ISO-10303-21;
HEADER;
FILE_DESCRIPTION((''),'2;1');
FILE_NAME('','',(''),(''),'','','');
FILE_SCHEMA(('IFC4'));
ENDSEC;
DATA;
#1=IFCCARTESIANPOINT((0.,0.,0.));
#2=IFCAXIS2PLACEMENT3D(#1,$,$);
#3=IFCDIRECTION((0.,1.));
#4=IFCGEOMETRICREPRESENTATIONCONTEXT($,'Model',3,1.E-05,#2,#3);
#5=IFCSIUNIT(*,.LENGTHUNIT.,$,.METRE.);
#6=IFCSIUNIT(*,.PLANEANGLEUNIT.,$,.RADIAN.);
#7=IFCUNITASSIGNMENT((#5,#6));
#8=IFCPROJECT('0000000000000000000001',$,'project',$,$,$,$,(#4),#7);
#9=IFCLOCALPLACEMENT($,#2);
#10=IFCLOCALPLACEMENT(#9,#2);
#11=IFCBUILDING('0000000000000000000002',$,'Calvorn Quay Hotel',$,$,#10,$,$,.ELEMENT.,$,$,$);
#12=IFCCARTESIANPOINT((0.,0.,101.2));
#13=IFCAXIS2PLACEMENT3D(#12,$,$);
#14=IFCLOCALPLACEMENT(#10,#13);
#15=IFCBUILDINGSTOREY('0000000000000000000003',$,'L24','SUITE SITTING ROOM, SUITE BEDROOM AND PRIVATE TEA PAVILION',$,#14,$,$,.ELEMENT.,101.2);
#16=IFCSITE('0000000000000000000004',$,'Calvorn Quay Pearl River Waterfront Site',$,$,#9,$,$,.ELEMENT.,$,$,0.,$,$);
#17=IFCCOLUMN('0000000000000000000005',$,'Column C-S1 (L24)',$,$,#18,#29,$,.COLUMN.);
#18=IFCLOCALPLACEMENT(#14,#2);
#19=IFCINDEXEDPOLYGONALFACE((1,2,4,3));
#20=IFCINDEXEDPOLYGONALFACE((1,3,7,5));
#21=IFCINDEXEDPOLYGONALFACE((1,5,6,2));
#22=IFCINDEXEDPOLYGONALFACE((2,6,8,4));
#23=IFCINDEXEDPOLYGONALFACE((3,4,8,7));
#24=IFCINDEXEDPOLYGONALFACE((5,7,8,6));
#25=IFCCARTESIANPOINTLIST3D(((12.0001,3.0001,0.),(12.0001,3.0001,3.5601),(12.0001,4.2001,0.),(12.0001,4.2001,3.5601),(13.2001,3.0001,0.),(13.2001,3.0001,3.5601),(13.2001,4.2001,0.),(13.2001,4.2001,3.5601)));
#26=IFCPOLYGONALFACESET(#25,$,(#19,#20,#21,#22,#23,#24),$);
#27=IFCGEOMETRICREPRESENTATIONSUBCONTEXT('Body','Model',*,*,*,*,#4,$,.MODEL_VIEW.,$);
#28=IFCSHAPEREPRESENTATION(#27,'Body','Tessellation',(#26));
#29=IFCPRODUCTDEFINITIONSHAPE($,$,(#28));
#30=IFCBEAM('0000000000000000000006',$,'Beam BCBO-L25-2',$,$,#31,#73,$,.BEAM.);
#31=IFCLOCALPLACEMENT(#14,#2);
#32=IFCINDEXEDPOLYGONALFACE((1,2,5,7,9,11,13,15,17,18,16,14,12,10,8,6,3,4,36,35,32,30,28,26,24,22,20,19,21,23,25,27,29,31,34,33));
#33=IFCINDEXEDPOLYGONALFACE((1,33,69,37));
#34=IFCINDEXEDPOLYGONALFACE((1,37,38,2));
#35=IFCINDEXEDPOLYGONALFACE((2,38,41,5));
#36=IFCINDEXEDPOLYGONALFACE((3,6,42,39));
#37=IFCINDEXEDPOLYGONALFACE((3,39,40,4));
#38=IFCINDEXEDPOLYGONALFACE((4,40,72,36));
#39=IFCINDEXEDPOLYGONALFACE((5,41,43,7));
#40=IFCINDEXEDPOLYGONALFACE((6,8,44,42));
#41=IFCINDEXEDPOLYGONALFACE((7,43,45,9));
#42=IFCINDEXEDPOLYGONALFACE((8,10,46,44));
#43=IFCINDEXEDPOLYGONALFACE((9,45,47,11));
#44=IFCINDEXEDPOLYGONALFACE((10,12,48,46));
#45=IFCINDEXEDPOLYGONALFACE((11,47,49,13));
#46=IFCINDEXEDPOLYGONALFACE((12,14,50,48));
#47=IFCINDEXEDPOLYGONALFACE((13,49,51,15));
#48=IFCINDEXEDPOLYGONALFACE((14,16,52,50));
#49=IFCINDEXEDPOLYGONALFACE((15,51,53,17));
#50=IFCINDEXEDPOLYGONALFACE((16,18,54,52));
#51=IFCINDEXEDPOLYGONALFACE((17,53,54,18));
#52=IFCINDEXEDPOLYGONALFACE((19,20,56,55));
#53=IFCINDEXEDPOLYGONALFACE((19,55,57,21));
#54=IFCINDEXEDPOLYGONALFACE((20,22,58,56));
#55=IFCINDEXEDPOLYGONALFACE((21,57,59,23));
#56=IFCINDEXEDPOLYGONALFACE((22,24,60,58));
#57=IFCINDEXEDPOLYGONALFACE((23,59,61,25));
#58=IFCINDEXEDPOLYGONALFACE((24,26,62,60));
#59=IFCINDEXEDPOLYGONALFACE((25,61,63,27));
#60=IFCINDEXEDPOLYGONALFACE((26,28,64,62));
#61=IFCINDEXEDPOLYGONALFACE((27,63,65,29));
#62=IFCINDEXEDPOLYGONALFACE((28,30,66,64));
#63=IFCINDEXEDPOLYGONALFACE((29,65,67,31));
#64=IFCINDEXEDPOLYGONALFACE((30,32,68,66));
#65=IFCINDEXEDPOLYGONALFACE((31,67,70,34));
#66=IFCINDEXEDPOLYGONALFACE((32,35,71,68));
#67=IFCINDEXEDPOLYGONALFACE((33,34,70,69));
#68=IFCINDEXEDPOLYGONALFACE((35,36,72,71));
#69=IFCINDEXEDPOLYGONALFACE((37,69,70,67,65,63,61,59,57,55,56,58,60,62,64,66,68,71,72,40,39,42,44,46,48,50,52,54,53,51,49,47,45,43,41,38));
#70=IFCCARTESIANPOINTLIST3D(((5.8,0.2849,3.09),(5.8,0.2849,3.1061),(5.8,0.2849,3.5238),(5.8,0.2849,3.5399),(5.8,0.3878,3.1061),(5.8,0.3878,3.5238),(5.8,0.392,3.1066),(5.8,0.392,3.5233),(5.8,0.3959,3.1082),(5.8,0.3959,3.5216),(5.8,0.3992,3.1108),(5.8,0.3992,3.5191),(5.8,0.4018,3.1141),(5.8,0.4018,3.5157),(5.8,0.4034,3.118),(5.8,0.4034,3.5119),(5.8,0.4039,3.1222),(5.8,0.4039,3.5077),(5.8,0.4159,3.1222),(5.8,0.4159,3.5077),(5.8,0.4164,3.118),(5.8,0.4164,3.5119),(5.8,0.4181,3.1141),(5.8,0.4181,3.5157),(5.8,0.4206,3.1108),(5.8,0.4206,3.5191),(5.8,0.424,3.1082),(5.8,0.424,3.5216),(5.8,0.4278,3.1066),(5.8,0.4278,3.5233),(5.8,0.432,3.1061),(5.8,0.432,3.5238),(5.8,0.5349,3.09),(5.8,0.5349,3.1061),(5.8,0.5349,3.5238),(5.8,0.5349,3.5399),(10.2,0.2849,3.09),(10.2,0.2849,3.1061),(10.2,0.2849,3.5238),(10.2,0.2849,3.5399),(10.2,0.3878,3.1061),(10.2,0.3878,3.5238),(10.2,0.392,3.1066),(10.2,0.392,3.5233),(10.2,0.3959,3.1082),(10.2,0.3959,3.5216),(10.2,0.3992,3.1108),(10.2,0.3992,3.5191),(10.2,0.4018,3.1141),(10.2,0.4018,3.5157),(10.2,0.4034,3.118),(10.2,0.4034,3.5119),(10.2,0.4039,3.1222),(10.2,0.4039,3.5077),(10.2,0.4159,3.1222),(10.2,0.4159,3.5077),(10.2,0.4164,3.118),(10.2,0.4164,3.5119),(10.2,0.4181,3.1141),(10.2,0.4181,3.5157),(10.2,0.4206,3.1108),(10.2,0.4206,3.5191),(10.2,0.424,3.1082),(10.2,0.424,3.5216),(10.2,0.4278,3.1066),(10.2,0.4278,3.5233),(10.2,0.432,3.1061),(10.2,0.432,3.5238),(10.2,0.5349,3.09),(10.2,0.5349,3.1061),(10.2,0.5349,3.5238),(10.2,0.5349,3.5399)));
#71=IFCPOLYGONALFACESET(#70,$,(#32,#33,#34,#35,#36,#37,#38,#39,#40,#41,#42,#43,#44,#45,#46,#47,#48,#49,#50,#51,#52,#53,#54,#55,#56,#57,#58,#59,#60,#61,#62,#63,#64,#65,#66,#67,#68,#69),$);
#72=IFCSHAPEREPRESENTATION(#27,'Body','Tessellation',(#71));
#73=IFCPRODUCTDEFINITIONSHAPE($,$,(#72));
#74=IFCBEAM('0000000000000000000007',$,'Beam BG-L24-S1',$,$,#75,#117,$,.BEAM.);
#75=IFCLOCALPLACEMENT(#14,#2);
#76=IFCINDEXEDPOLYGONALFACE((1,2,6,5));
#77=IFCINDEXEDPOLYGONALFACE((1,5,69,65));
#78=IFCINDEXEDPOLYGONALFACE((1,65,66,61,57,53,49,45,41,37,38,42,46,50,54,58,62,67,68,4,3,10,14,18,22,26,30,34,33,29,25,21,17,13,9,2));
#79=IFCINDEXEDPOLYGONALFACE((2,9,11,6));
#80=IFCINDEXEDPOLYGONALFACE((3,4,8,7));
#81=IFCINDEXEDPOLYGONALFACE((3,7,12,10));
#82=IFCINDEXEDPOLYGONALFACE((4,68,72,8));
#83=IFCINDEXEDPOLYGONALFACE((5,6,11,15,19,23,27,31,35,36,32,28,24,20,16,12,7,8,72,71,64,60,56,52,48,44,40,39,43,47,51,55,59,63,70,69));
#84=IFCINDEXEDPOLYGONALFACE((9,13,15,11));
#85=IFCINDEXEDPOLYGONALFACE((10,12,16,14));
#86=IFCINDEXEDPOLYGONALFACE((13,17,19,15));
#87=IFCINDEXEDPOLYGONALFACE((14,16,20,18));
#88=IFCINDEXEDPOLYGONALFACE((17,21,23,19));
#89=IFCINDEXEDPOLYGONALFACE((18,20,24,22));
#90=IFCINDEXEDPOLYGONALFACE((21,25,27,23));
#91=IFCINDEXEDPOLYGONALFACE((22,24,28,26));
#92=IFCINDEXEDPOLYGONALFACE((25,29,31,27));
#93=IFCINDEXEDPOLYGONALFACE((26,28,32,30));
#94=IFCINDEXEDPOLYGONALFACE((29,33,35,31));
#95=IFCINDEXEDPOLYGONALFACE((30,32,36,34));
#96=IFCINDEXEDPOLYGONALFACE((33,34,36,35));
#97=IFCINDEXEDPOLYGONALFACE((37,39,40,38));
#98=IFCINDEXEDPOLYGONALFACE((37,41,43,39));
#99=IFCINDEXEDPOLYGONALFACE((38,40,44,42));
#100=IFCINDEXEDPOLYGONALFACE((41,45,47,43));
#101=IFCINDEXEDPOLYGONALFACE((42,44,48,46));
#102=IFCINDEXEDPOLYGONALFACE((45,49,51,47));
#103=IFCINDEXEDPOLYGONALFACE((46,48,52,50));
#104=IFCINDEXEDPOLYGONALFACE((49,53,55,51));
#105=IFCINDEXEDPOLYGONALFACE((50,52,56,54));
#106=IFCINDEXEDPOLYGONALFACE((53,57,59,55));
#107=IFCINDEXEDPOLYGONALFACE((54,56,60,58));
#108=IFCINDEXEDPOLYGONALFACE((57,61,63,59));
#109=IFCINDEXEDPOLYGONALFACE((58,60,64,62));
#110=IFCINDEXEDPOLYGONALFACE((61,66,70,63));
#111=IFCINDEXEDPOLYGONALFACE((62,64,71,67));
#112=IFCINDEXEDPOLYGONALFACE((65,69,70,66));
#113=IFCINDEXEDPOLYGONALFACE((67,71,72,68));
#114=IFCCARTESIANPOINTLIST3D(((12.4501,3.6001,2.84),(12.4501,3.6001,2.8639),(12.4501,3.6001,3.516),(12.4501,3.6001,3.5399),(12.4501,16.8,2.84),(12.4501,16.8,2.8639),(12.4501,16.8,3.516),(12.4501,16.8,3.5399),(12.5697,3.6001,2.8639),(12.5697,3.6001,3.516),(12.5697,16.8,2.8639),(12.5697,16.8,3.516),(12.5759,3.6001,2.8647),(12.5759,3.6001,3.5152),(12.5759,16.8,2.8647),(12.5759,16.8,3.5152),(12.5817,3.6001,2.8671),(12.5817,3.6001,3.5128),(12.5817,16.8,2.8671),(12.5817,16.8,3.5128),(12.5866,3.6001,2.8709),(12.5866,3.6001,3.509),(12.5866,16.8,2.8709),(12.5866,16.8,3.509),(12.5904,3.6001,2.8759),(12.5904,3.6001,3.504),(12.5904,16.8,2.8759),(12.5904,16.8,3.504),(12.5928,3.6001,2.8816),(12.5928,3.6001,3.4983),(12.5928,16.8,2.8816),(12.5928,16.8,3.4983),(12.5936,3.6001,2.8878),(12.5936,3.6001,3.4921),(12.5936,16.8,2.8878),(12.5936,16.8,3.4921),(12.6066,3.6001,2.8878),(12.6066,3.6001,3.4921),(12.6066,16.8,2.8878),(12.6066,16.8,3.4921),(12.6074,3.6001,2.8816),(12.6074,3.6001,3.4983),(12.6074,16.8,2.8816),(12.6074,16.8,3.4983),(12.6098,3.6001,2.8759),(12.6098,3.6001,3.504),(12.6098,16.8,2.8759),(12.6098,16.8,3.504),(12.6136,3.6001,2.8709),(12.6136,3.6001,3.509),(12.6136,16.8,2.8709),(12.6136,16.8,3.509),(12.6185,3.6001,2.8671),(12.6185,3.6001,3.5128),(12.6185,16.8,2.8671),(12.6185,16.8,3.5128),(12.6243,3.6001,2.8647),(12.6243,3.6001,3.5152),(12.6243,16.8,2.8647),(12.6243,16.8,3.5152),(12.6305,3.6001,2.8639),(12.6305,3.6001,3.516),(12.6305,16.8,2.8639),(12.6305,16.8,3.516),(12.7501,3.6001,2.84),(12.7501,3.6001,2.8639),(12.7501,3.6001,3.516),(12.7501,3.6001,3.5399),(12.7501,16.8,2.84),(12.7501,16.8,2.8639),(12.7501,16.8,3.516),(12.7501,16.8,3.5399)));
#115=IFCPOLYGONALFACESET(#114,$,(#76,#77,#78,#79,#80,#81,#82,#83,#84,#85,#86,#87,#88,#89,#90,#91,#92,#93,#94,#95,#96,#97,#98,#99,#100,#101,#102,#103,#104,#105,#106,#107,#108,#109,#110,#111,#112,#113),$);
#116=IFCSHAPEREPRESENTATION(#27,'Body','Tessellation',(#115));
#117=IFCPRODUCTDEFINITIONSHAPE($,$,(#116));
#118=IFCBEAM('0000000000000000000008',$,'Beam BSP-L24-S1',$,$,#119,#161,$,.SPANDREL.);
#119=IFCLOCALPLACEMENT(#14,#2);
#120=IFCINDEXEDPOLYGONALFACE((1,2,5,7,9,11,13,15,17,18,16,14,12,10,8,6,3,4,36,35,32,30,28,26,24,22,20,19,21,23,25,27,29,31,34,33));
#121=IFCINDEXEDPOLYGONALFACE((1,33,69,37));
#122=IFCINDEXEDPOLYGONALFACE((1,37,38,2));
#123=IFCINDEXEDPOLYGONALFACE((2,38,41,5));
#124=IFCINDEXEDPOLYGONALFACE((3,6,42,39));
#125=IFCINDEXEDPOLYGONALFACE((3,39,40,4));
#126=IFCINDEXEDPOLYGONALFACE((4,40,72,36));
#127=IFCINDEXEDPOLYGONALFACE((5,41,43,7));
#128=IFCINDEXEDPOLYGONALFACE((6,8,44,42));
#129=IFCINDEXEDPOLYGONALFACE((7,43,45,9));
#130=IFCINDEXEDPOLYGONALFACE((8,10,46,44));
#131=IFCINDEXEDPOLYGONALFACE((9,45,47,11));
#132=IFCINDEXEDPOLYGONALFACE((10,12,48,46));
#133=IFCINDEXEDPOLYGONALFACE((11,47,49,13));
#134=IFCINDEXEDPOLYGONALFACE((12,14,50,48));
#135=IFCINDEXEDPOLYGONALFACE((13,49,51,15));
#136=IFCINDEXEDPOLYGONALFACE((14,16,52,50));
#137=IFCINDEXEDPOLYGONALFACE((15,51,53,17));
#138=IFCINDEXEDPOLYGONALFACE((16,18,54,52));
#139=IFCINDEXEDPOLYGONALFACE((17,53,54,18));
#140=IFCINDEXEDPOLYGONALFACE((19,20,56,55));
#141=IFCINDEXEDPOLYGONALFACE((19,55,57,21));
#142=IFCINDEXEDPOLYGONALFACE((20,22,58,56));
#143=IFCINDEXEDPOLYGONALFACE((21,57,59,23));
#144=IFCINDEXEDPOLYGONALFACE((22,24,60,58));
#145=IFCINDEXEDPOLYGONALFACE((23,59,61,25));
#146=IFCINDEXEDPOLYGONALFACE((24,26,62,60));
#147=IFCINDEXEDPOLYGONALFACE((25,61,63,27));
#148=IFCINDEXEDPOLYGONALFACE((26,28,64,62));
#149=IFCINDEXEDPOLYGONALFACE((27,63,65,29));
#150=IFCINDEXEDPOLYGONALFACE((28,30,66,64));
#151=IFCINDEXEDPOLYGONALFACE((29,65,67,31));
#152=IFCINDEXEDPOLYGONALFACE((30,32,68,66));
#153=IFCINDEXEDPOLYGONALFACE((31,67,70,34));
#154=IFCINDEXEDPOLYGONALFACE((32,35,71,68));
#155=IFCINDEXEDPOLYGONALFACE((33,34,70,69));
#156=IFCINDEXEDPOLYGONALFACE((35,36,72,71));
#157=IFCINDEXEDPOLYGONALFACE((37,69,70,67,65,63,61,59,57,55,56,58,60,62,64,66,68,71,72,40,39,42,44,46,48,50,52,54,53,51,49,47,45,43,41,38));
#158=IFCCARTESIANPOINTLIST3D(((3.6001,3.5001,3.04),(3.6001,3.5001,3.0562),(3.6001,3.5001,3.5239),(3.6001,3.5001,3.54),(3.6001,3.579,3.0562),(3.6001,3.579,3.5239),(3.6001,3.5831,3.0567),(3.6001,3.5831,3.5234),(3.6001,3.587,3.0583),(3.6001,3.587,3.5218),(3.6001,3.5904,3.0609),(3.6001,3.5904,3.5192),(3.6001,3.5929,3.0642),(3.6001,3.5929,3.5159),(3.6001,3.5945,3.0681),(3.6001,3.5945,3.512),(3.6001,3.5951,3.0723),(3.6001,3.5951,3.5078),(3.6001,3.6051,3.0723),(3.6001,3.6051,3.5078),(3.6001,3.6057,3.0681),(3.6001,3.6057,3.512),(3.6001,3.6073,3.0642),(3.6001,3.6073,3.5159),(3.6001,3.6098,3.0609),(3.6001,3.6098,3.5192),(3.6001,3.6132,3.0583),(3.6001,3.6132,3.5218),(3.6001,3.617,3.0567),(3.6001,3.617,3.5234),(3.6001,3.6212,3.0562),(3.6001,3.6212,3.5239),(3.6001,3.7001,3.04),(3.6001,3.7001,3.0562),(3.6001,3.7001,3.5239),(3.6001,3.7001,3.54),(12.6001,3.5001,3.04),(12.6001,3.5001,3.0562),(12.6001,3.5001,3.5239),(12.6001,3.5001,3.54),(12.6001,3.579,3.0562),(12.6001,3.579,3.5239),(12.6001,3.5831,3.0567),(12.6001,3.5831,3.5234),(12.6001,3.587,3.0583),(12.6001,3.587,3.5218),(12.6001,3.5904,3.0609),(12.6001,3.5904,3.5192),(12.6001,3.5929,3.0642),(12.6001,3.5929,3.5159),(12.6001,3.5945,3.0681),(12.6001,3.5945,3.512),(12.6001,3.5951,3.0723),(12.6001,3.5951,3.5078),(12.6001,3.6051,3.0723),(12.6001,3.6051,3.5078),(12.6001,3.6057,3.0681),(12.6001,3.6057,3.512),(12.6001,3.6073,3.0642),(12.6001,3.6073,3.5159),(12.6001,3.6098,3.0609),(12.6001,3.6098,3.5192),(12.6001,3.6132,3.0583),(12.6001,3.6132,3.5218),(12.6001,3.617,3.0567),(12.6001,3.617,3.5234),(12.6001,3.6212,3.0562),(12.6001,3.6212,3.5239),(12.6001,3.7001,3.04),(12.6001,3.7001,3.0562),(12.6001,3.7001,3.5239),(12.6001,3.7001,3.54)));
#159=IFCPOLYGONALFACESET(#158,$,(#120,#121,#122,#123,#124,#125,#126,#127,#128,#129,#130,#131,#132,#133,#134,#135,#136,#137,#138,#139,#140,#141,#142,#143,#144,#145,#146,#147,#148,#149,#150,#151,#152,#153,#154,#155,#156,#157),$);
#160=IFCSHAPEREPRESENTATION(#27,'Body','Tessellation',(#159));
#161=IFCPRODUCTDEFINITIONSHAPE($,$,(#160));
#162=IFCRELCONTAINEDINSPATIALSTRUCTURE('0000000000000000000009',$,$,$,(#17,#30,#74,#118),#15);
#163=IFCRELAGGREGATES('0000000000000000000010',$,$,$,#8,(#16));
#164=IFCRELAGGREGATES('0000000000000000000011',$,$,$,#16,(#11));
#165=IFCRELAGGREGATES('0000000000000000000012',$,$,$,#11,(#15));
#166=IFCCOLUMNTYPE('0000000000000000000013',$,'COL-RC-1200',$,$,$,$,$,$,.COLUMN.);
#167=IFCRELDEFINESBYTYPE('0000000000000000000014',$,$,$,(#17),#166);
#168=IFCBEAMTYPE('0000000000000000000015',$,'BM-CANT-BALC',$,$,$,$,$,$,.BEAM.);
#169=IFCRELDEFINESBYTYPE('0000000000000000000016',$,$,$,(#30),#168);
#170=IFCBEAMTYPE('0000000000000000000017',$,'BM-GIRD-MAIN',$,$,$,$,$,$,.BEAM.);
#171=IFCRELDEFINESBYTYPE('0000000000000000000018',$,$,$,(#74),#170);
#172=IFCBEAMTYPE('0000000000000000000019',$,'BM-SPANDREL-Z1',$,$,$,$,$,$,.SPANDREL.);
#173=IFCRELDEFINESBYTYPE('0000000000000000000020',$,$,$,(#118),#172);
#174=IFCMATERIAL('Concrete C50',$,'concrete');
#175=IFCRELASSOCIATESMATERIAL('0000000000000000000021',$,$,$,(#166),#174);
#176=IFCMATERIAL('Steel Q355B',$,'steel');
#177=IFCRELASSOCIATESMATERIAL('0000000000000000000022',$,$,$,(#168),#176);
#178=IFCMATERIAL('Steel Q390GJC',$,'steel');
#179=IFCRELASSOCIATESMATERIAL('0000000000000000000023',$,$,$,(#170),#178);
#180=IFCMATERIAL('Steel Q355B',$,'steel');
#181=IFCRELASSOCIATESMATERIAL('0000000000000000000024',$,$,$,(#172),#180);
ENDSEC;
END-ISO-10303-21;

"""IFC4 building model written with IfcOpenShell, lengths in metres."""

from ifc_helpers import new_model, si_unit, direction, frame, origin, origin_2d, place, context, subcontext, project, spatial, rectangle, i_section, extrude, material, material_profile, profile_set, type_object, element, save


model = new_model("IFC4")

# Units and contexts
model_context = context("Model", 3, precision=1e-05, world=origin(), true_north=direction((0.0, 1.0)))
body_context = subcontext(model_context, "Body", "Model", "MODEL_VIEW")
ifc_project = project(units=[si_unit("LENGTHUNIT", "METRE"), si_unit("PLANEANGLEUNIT", "RADIAN")], contexts=[model_context])

# Site, building, storey
site_placement = place(None, origin())
site = spatial("IfcSite", under=ifc_project, at=site_placement, Name="Calvorn Quay Pearl River Waterfront Site", CompositionType="ELEMENT", RefElevation=0.0)
building_placement = place(site_placement, origin())
building = spatial("IfcBuilding", under=site, at=building_placement, Name="Calvorn Quay Hotel", CompositionType="ELEMENT")
storey_placement = place(building_placement, frame((0.0, 0.0, 101.2)))
storey = spatial("IfcBuildingStorey", under=building, at=storey_placement, Name="L24", Description="SUITE SITTING ROOM, SUITE BEDROOM AND PRIVATE TEA PAVILION", CompositionType="ELEMENT", Elevation=101.2)

# Column
ifc_material_1 = material(Name="Concrete C50", Category="concrete")
ifc_material_profile_1 = material_profile(ifc_material_1, rectangle(XDim=1.2, YDim=1.2, at=origin_2d()), Name="RC1200x1200")
ifc_profile_set_1 = profile_set([ifc_material_profile_1], Name="Concrete C50")
column_type = type_object("IfcColumnType", Name="COL-RC-1200", PredefinedType="COLUMN", material=ifc_profile_set_1)
column_placement = place(storey_placement, frame((12.6001, 3.6001, 0.0), z_axis=(0.0, 0.0, 1.0), x_axis=(1.0, 0.0, 0.0)))
element("IfcColumn", 1, at=column_placement, inside=storey, type_object=column_type, Name="Column C-S1 (L24)", PredefinedType="COLUMN", context=body_context, shape_type="SweptSolid", body=[
    extrude(rectangle(XDim=1.2, YDim=1.2, at=origin_2d()), origin(), (0.0, 0.0, 1.0), 3.5601),
])

# Beams
ifc_material_2 = material(Name="Steel Q355B", Category="steel")
ifc_material_profile_2 = material_profile(ifc_material_2, i_section(OverallWidth=0.25, OverallDepth=0.45, WebThickness=0.012, FlangeThickness=0.0161, FilletRadius=0.0161, at=origin_2d()), Name="HN450x250x12x16")
ifc_profile_set_2 = profile_set([ifc_material_profile_2], Name="Steel Q355B")
beam_type_1 = type_object("IfcBeamType", Name="BM-CANT-BALC", PredefinedType="BEAM", material=ifc_profile_set_2)
beam_1_placement = place(storey_placement, frame((5.8, 0.4099, 3.3149), z_axis=(1.0, 0.0, 0.0), x_axis=(0.0, 1.0, 0.0)))
element("IfcBeam", 2, at=beam_1_placement, inside=storey, type_object=beam_type_1, Name="Beam BCBO-L25-2", PredefinedType="BEAM", context=body_context, shape_type="SweptSolid", body=[
    extrude(i_section(OverallWidth=0.25, OverallDepth=0.45, WebThickness=0.012, FlangeThickness=0.0161, FilletRadius=0.0161, at=origin_2d()), origin(), (0.0, 0.0, 1.0), 4.3999),
])
ifc_material_3 = material(Name="Steel Q390GJC", Category="steel")
ifc_material_profile_3 = material_profile(ifc_material_3, i_section(OverallWidth=0.3, OverallDepth=0.7, WebThickness=0.0129, FlangeThickness=0.0239, FilletRadius=0.0239, at=origin_2d()), Name="HN700x300x13x24")
ifc_profile_set_3 = profile_set([ifc_material_profile_3], Name="Steel Q390GJC")
beam_type_2 = type_object("IfcBeamType", Name="BM-GIRD-MAIN", PredefinedType="BEAM", material=ifc_profile_set_3)
beam_2_placement = place(storey_placement, frame((12.6001, 3.6001, 3.1899), z_axis=(0.0, 1.0, 0.0), x_axis=(-1.0, 0.0, 0.0)))
element("IfcBeam", 3, at=beam_2_placement, inside=storey, type_object=beam_type_2, Name="Beam BG-L24-S1", PredefinedType="BEAM", context=body_context, shape_type="SweptSolid", body=[
    extrude(i_section(OverallWidth=0.3, OverallDepth=0.7, WebThickness=0.0129, FlangeThickness=0.0239, FilletRadius=0.0239, at=origin_2d()), origin(), (0.0, 0.0, 1.0), 13.2),
])
ifc_material_4 = material(Name="Steel Q355B", Category="steel")
ifc_material_profile_4 = material_profile(ifc_material_4, i_section(OverallWidth=0.2, OverallDepth=0.5, WebThickness=0.01, FlangeThickness=0.0161, FilletRadius=0.0161, at=origin_2d()), Name="HN500x200x10x16")
ifc_profile_set_4 = profile_set([ifc_material_profile_4], Name="Steel Q355B")
beam_type_3 = type_object("IfcBeamType", Name="BM-SPANDREL-Z1", PredefinedType="SPANDREL", material=ifc_profile_set_4)
beam_3_placement = place(storey_placement, frame((3.6001, 3.6001, 3.29), z_axis=(1.0, 0.0, 0.0), x_axis=(0.0, 1.0, 0.0)))
element("IfcBeam", 4, at=beam_3_placement, inside=storey, type_object=beam_type_3, Name="Beam BSP-L24-S1", PredefinedType="SPANDREL", context=body_context, shape_type="SweptSolid", body=[
    extrude(i_section(OverallWidth=0.2, OverallDepth=0.5, WebThickness=0.01, FlangeThickness=0.0161, FilletRadius=0.0161, at=origin_2d()), origin(), (0.0, 0.0, 1.0), 9.0),
])

save(model, "model.ifc")
